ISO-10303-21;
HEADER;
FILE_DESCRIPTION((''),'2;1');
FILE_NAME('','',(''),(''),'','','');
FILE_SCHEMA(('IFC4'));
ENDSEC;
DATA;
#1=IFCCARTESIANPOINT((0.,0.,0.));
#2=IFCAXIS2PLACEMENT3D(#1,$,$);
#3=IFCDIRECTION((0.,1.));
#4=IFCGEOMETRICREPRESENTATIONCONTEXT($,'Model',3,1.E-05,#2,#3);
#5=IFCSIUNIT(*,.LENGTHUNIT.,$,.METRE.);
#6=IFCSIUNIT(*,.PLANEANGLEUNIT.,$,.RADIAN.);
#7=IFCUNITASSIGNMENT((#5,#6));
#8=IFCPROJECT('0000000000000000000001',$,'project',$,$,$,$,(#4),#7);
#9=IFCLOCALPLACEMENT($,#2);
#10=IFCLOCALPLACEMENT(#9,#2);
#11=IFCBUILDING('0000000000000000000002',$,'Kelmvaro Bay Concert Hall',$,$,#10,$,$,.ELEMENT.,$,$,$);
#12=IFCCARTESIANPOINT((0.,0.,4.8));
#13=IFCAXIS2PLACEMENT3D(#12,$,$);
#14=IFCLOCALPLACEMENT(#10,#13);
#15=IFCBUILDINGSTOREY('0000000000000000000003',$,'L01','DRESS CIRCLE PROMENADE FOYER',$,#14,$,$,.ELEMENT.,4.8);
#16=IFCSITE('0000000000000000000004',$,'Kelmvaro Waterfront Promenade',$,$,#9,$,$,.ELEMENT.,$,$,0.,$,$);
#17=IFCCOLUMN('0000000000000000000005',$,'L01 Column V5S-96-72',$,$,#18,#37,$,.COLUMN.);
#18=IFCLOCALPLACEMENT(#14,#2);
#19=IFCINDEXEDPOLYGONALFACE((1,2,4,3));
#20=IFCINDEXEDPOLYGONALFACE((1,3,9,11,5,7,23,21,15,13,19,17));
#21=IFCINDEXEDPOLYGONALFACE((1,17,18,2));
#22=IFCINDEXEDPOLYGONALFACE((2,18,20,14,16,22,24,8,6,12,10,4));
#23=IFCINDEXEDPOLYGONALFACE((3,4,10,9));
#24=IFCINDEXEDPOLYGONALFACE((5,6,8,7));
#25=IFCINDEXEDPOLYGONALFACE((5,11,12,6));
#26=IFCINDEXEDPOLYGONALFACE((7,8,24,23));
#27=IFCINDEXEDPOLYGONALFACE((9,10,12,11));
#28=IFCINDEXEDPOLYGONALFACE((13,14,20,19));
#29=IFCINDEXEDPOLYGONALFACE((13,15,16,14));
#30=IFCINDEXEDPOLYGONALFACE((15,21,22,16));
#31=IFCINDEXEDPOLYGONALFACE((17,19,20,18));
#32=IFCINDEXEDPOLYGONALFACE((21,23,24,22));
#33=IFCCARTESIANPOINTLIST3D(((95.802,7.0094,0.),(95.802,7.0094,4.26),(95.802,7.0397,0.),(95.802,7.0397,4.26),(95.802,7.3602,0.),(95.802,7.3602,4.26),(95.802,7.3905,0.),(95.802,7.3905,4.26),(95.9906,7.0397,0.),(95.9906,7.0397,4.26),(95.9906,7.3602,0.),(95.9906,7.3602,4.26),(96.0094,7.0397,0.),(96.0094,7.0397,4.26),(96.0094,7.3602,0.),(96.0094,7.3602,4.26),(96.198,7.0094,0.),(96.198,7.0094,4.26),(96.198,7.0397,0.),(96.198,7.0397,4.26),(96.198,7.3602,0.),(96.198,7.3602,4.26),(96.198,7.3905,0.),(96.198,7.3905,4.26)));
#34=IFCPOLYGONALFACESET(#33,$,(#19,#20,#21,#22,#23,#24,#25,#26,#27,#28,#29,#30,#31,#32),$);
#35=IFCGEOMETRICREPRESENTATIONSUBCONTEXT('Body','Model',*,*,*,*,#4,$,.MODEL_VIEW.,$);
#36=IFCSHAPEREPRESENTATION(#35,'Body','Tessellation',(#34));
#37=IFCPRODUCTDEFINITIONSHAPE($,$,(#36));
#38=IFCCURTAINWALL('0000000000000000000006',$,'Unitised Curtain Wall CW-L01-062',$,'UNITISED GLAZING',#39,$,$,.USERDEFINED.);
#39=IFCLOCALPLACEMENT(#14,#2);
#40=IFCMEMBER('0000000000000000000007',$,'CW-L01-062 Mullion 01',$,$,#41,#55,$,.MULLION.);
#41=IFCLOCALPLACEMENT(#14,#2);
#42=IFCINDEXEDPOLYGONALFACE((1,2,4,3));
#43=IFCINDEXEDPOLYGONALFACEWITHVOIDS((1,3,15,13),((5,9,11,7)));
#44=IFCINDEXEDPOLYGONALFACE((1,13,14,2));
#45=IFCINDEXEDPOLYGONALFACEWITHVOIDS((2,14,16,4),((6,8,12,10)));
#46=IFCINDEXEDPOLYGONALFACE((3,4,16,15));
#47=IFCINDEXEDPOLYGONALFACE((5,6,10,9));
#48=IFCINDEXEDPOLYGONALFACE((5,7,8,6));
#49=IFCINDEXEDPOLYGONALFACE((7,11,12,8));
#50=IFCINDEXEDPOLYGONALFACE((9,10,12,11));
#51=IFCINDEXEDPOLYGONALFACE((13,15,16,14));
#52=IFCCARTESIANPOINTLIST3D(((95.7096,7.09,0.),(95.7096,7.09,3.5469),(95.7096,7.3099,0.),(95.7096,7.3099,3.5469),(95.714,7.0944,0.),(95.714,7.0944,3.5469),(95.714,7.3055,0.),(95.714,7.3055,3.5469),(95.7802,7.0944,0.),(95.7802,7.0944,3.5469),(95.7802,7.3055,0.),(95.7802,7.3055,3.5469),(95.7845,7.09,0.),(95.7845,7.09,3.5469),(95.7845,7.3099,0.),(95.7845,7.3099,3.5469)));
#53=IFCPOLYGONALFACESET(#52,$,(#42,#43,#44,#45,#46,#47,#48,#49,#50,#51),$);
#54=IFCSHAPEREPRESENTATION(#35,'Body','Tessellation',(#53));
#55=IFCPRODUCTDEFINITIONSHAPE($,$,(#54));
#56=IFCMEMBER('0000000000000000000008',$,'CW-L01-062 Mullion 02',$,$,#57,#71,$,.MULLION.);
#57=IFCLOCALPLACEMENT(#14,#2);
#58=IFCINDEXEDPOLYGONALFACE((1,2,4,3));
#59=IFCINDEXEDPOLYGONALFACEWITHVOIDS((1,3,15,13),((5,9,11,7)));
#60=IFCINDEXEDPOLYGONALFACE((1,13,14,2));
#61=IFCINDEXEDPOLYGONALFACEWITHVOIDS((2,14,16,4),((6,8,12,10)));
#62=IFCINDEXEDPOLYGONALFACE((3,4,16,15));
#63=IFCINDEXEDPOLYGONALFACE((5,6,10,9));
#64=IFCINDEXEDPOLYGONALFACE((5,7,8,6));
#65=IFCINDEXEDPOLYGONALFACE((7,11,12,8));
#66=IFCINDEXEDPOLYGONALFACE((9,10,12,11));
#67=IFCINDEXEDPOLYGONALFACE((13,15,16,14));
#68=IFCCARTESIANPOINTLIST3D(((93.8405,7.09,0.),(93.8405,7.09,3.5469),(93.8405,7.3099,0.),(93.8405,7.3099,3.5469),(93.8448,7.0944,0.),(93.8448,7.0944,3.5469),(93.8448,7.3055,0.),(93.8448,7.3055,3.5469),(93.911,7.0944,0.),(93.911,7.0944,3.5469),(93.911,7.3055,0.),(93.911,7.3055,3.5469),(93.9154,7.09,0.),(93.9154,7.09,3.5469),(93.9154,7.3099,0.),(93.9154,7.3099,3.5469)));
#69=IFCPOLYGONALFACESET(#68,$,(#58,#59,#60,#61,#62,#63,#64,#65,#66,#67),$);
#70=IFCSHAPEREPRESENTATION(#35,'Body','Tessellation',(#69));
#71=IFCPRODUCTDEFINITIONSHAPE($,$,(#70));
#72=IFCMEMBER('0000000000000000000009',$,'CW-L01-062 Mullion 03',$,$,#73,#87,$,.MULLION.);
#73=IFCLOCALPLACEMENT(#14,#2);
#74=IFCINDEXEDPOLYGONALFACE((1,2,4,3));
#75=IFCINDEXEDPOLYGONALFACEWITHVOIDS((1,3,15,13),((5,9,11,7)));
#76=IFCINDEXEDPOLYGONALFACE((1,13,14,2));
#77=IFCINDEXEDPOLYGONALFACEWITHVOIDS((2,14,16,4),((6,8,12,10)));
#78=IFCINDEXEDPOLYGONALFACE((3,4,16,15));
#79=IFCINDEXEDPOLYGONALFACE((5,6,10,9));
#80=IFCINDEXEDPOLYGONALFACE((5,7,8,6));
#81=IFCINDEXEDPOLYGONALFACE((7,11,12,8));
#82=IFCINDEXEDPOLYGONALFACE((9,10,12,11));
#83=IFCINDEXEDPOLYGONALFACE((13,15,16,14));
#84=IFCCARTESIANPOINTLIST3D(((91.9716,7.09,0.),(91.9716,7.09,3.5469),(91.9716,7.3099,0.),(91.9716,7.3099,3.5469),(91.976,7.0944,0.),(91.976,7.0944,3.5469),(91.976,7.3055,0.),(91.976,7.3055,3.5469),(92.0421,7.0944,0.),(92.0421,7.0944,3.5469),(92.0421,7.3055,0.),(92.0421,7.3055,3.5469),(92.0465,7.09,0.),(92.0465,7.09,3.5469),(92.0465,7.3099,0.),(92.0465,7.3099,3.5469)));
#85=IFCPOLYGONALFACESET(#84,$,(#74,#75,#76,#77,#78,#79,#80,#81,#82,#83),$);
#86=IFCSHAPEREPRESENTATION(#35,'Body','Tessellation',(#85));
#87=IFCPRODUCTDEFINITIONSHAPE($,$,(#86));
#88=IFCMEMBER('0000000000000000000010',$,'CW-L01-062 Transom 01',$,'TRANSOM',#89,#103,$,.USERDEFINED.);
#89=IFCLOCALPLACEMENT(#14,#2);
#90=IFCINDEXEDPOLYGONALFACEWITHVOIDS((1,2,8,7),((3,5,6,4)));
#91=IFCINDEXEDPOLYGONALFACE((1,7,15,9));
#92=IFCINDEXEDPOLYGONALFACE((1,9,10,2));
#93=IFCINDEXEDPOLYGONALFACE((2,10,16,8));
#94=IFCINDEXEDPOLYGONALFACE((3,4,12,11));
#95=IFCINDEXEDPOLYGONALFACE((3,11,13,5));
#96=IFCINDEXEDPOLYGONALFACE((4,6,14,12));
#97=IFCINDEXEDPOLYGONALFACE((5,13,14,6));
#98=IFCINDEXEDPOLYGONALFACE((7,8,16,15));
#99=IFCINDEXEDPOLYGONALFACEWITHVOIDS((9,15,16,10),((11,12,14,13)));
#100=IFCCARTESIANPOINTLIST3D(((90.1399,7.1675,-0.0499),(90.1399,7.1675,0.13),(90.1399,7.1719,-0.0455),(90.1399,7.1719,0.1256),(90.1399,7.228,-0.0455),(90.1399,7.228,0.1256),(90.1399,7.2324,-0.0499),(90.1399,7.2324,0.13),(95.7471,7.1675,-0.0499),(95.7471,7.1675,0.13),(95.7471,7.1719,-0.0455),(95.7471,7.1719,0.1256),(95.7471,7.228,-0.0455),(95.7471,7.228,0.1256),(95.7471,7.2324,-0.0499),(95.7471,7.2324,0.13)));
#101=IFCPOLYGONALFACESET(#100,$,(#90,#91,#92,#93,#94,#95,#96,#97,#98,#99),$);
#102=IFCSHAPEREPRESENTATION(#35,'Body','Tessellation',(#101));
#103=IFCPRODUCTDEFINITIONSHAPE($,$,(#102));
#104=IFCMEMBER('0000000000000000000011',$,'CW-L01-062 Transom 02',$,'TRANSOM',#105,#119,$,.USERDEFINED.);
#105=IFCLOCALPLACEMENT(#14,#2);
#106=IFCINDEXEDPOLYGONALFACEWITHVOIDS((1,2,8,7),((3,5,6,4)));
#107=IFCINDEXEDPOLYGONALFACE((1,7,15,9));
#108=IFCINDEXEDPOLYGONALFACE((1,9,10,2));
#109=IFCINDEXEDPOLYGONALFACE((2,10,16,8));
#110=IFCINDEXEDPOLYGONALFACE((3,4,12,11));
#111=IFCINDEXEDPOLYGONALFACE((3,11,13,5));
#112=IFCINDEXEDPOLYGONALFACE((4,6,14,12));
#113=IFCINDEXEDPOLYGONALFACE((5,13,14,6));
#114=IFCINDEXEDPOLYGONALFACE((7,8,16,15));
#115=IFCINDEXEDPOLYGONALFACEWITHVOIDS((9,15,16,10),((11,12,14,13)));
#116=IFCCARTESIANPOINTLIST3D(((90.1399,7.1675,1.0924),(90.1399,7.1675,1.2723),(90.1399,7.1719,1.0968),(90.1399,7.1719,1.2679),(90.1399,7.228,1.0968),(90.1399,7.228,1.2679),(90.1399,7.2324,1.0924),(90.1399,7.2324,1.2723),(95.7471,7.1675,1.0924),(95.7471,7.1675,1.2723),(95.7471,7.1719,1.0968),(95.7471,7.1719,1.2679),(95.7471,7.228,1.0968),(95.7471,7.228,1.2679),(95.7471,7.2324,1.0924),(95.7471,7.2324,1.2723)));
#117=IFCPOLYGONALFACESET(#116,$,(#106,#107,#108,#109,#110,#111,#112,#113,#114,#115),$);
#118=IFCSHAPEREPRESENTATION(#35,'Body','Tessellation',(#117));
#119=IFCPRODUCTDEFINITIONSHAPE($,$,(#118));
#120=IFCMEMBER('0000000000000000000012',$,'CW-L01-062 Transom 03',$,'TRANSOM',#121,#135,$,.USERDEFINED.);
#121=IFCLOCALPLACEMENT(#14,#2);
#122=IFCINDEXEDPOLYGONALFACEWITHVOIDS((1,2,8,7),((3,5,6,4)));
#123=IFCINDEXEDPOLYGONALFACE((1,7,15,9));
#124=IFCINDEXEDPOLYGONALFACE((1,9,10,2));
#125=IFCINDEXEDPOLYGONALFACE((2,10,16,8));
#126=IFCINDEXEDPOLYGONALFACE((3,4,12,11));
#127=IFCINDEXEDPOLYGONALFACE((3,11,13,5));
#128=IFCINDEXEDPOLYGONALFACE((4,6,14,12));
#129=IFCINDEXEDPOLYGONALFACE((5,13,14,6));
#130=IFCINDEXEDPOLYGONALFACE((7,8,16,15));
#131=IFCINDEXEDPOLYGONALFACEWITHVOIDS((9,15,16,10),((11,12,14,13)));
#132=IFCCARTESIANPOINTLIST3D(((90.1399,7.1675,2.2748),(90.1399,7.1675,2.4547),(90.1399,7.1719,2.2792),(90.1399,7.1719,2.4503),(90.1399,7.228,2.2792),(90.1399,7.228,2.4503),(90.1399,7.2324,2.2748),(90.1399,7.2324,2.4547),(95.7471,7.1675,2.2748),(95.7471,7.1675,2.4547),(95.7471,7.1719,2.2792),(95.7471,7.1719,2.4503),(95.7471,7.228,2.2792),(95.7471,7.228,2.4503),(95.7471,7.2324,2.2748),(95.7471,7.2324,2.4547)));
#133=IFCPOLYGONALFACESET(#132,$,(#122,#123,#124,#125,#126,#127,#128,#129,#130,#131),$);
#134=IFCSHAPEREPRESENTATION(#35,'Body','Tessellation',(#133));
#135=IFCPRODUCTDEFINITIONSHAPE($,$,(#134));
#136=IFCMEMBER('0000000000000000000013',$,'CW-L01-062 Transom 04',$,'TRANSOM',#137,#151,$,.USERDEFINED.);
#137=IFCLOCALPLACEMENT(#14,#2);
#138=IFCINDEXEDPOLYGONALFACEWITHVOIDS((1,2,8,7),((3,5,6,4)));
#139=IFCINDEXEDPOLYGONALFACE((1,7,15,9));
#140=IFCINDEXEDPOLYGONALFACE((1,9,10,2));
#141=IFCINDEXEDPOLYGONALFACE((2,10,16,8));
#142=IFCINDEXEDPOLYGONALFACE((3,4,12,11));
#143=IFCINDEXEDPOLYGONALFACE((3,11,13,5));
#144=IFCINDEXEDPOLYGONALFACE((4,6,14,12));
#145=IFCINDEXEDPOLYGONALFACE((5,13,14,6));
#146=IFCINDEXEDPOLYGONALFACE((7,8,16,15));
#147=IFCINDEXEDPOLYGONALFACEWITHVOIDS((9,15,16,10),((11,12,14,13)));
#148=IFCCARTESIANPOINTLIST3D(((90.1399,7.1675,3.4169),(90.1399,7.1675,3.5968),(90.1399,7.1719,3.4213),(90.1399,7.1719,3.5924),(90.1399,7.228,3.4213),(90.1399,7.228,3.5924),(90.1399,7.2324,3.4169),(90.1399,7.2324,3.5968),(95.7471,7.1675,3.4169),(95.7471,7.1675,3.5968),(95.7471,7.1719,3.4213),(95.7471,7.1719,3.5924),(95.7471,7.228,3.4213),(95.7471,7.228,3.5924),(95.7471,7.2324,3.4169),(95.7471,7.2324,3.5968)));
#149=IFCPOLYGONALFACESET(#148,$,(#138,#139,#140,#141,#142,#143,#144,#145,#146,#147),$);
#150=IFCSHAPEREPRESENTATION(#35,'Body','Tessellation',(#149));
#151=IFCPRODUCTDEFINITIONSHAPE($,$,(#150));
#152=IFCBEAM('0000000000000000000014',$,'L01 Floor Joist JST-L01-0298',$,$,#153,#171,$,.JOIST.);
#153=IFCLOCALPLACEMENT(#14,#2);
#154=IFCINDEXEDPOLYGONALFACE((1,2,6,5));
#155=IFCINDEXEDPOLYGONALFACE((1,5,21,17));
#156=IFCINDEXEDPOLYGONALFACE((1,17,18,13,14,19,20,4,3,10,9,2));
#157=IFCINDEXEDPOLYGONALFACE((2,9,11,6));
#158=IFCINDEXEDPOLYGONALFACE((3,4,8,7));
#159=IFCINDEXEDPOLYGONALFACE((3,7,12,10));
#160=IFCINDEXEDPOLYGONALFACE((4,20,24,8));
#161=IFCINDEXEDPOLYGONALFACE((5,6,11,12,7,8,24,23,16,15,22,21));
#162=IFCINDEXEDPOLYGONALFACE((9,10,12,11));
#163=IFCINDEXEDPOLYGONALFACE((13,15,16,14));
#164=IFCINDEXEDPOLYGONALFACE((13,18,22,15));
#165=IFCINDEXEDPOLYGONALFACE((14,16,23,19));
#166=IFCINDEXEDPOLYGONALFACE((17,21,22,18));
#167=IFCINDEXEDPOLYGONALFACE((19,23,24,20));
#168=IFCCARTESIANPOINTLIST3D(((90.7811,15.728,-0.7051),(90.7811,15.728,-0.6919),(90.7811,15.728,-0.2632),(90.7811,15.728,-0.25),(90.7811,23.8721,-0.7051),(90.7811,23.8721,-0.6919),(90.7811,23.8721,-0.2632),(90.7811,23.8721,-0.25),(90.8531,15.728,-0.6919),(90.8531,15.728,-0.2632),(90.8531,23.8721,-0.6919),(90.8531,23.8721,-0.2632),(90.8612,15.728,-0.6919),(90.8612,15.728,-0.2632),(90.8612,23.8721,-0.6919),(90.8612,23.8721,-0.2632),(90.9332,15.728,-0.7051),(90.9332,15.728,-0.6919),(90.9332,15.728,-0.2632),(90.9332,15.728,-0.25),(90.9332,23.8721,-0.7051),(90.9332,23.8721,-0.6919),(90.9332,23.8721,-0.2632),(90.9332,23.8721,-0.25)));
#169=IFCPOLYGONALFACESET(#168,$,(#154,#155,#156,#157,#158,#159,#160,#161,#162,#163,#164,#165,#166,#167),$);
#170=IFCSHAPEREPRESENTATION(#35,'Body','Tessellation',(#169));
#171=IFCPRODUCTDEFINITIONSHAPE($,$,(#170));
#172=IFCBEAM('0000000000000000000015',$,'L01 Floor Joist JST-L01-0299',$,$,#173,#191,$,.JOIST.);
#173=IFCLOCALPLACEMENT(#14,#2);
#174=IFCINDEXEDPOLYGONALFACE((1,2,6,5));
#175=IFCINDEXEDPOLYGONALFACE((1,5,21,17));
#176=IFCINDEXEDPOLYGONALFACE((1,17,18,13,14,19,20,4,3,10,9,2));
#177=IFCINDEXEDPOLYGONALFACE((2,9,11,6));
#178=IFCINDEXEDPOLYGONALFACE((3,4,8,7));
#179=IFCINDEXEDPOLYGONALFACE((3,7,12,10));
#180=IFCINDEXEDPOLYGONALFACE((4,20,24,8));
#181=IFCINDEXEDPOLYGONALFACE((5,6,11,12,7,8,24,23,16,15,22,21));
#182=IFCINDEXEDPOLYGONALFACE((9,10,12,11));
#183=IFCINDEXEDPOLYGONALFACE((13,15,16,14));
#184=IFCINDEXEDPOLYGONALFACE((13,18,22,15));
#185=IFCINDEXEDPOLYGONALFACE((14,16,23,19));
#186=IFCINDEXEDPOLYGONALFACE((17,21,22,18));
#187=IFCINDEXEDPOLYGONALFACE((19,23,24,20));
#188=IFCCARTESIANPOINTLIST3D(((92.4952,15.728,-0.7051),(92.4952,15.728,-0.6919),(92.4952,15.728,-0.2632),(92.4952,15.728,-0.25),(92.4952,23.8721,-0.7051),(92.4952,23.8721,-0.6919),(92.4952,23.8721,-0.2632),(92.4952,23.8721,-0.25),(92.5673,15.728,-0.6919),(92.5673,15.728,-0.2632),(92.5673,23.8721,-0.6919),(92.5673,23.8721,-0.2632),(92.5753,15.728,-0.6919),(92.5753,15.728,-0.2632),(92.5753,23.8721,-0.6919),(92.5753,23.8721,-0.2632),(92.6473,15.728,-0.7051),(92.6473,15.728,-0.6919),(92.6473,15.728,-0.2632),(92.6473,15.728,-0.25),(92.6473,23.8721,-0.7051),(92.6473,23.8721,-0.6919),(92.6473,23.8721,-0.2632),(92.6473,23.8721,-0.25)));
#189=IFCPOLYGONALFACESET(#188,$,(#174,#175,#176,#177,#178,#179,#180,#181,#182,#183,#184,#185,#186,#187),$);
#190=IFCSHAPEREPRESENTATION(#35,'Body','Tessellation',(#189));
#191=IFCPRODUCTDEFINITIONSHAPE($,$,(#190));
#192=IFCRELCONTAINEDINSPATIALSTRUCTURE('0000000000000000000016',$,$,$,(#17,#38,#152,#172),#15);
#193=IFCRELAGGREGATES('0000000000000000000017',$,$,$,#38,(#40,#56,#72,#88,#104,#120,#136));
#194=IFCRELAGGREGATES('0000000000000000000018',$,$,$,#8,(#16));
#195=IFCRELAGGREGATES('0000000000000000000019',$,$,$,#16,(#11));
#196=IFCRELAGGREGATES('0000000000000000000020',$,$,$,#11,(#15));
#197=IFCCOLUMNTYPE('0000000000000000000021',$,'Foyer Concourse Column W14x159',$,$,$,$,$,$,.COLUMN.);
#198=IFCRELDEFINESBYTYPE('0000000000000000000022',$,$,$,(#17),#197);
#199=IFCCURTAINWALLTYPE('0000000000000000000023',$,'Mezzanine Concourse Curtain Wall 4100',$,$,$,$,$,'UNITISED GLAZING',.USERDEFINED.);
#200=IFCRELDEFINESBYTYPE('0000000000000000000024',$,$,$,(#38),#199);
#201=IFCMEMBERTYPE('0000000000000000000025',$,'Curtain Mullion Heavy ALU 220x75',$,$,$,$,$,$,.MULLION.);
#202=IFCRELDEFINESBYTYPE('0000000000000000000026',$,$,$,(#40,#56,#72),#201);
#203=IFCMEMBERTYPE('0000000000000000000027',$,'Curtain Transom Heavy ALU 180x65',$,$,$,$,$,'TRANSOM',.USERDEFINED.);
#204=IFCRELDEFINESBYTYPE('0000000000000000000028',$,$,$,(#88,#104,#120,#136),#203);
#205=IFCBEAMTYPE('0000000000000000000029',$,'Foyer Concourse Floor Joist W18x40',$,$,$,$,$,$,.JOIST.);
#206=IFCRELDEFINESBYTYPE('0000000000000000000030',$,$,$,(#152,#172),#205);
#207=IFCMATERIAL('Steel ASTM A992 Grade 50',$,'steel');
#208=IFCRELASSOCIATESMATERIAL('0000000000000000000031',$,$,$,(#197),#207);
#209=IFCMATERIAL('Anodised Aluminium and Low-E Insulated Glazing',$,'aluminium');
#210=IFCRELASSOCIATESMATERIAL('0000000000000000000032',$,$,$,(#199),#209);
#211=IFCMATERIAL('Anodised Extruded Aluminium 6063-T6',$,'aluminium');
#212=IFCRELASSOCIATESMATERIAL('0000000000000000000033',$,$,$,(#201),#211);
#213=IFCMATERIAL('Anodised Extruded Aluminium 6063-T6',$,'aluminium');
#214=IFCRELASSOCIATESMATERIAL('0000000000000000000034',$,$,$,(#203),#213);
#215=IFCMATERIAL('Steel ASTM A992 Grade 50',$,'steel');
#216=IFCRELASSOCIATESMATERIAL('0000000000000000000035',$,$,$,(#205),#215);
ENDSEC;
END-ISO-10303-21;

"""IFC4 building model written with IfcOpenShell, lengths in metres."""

from ifc_helpers import new_model, si_unit, direction, frame, origin, origin_2d, place, context, subcontext, project, spatial, hollow_rectangle, i_section, extrude, material, material_profile, profile_set, type_object, element, aggregate, save


model = new_model("IFC4")

# Units and contexts
model_context = context("Model", 3, precision=1e-05, world=origin(), true_north=direction((0.0, 1.0)))
body_context = subcontext(model_context, "Body", "Model", "MODEL_VIEW")
ifc_project = project(units=[si_unit("LENGTHUNIT", "METRE"), si_unit("PLANEANGLEUNIT", "RADIAN")], contexts=[model_context])

# Site, building, storey
site_placement = place(None, origin())
site = spatial("IfcSite", under=ifc_project, at=site_placement, Name="Kelmvaro Waterfront Promenade", CompositionType="ELEMENT", RefElevation=0.0)
building_placement = place(site_placement, origin())
building = spatial("IfcBuilding", under=site, at=building_placement, Name="Kelmvaro Bay Concert Hall", CompositionType="ELEMENT")
storey_placement = place(building_placement, frame((0.0, 0.0, 4.8)))
storey = spatial("IfcBuildingStorey", under=building, at=storey_placement, Name="L01", Description="DRESS CIRCLE PROMENADE FOYER", CompositionType="ELEMENT", Elevation=4.8)

# Column
ifc_material_1 = material(Name="Steel ASTM A992 Grade 50", Category="steel")
ifc_material_profile_1 = material_profile(ifc_material_1, i_section(OverallWidth=0.396, OverallDepth=0.3811, WebThickness=0.0188, FlangeThickness=0.0303, at=origin_2d()), Name="W14X159")
ifc_profile_set_1 = profile_set([ifc_material_profile_1], Name="Steel ASTM A992 Grade 50")
column_type = type_object("IfcColumnType", Name="Foyer Concourse Column W14x159", PredefinedType="COLUMN", material=ifc_profile_set_1)
column_placement = place(storey_placement, frame((96.0, 7.2, 0.0), z_axis=(0.0, 0.0, 1.0), x_axis=(1.0, 0.0, 0.0)))
element("IfcColumn", 1, at=column_placement, inside=storey, type_object=column_type, Name="L01 Column V5S-96-72", PredefinedType="COLUMN", context=body_context, shape_type="SweptSolid", body=[
    extrude(i_section(OverallWidth=0.396, OverallDepth=0.3811, WebThickness=0.0188, FlangeThickness=0.0303, at=origin_2d()), origin(), (0.0, 0.0, 1.0), 4.26),
])

# Curtain wall, members
ifc_material_2 = material(Name="Anodised Aluminium and Low-E Insulated Glazing", Category="aluminium")
curtain_wall_type = type_object("IfcCurtainWallType", Name="Mezzanine Concourse Curtain Wall 4100", ElementType="UNITISED GLAZING", PredefinedType="USERDEFINED", material=ifc_material_2)
curtain_wall_placement = place(storey_placement, origin())
curtain_wall = element("IfcCurtainWall", 2, at=curtain_wall_placement, inside=storey, type_object=curtain_wall_type, Name="Unitised Curtain Wall CW-L01-062", ObjectType="UNITISED GLAZING", PredefinedType="USERDEFINED")
ifc_material_3 = material(Name="Anodised Extruded Aluminium 6063-T6", Category="aluminium")
ifc_material_profile_2 = material_profile(ifc_material_3, hollow_rectangle(XDim=0.075, YDim=0.22, WallThickness=0.0044, at=origin_2d()), Name="ALU-MUL-220X75")
ifc_profile_set_2 = profile_set([ifc_material_profile_2], Name="Anodised Extruded Aluminium 6063-T6")
member_type_1 = type_object("IfcMemberType", Name="Curtain Mullion Heavy ALU 220x75", PredefinedType="MULLION", material=ifc_profile_set_2)
member_1_placement = place(storey_placement, frame((95.7471, 7.2, 0.0), z_axis=(0.0, 0.0, 1.0), x_axis=(1.0, 0.0, 0.0)))
member_1 = element("IfcMember", 3, at=member_1_placement, type_object=member_type_1, Name="CW-L01-062 Mullion 01", PredefinedType="MULLION", context=body_context, shape_type="SweptSolid", body=[
    extrude(hollow_rectangle(XDim=0.075, YDim=0.22, WallThickness=0.0044, at=origin_2d()), origin(), (0.0, 0.0, 1.0), 3.5469),
])
member_2_placement = place(storey_placement, frame((93.8779, 7.2, 0.0), z_axis=(0.0, 0.0, 1.0), x_axis=(1.0, 0.0, 0.0)))
member_2 = element("IfcMember", 4, at=member_2_placement, type_object=member_type_1, Name="CW-L01-062 Mullion 02", PredefinedType="MULLION", context=body_context, shape_type="SweptSolid", body=[
    extrude(hollow_rectangle(XDim=0.075, YDim=0.22, WallThickness=0.0044, at=origin_2d()), origin(), (0.0, 0.0, 1.0), 3.5469),
])
member_3_placement = place(storey_placement, frame((92.009, 7.2, 0.0), z_axis=(0.0, 0.0, 1.0), x_axis=(1.0, 0.0, 0.0)))
member_3 = element("IfcMember", 5, at=member_3_placement, type_object=member_type_1, Name="CW-L01-062 Mullion 03", PredefinedType="MULLION", context=body_context, shape_type="SweptSolid", body=[
    extrude(hollow_rectangle(XDim=0.075, YDim=0.22, WallThickness=0.0044, at=origin_2d()), origin(), (0.0, 0.0, 1.0), 3.5469),
])
ifc_material_4 = material(Name="Anodised Extruded Aluminium 6063-T6", Category="aluminium")
ifc_material_profile_3 = material_profile(ifc_material_4, hollow_rectangle(XDim=0.0649, YDim=0.1799, WallThickness=0.0044, at=origin_2d()), Name="ALU-TRN-180X65")
ifc_profile_set_3 = profile_set([ifc_material_profile_3], Name="Anodised Extruded Aluminium 6063-T6")
member_type_2 = type_object("IfcMemberType", Name="Curtain Transom Heavy ALU 180x65", ElementType="TRANSOM", PredefinedType="USERDEFINED", material=ifc_profile_set_3)
member_4_placement = place(storey_placement, frame((95.7471, 7.2, 0.04), z_axis=(-1.0, 0.0, 0.0), x_axis=(0.0, -1.0, 0.0)))
member_4 = element("IfcMember", 6, at=member_4_placement, type_object=member_type_2, Name="CW-L01-062 Transom 01", ObjectType="TRANSOM", PredefinedType="USERDEFINED", context=body_context, shape_type="SweptSolid", body=[
    extrude(hollow_rectangle(XDim=0.0649, YDim=0.1799, WallThickness=0.0044, at=origin_2d()), origin(), (0.0, 0.0, 1.0), 5.6072),
])
member_5_placement = place(storey_placement, frame((95.7471, 7.2, 1.1824), z_axis=(-1.0, 0.0, 0.0), x_axis=(0.0, -1.0, 0.0)))
member_5 = element("IfcMember", 7, at=member_5_placement, type_object=member_type_2, Name="CW-L01-062 Transom 02", ObjectType="TRANSOM", PredefinedType="USERDEFINED", context=body_context, shape_type="SweptSolid", body=[
    extrude(hollow_rectangle(XDim=0.0649, YDim=0.1799, WallThickness=0.0044, at=origin_2d()), origin(), (0.0, 0.0, 1.0), 5.6072),
])
member_6_placement = place(storey_placement, frame((95.7471, 7.2, 2.3647), z_axis=(-1.0, 0.0, 0.0), x_axis=(0.0, -1.0, 0.0)))
member_6 = element("IfcMember", 8, at=member_6_placement, type_object=member_type_2, Name="CW-L01-062 Transom 03", ObjectType="TRANSOM", PredefinedType="USERDEFINED", context=body_context, shape_type="SweptSolid", body=[
    extrude(hollow_rectangle(XDim=0.0649, YDim=0.1799, WallThickness=0.0044, at=origin_2d()), origin(), (0.0, 0.0, 1.0), 5.6072),
])
member_7_placement = place(storey_placement, frame((95.7471, 7.2, 3.5068), z_axis=(-1.0, 0.0, 0.0), x_axis=(0.0, -1.0, 0.0)))
member_7 = element("IfcMember", 9, at=member_7_placement, type_object=member_type_2, Name="CW-L01-062 Transom 04", ObjectType="TRANSOM", PredefinedType="USERDEFINED", context=body_context, shape_type="SweptSolid", body=[
    extrude(hollow_rectangle(XDim=0.0649, YDim=0.1799, WallThickness=0.0044, at=origin_2d()), origin(), (0.0, 0.0, 1.0), 5.6072),
])

# Beams
ifc_material_5 = material(Name="Steel ASTM A992 Grade 50", Category="steel")
ifc_material_profile_4 = material_profile(ifc_material_5, i_section(OverallWidth=0.1521, OverallDepth=0.4551, WebThickness=0.0081, FlangeThickness=0.0132, at=origin_2d()), Name="W18X40")
ifc_profile_set_4 = profile_set([ifc_material_profile_4], Name="Steel ASTM A992 Grade 50")
beam_type = type_object("IfcBeamType", Name="Foyer Concourse Floor Joist W18x40", PredefinedType="JOIST", material=ifc_profile_set_4)
for number, where, z_axis, x_axis, name in (
    (10, (90.8572, 15.728, -0.4775), (0.0, 1.0, 0.0), (-1.0, 0.0, 0.0), "L01 Floor Joist JST-L01-0298"),
    (11, (92.5713, 15.728, -0.4775), (0.0, 1.0, 0.0), (-1.0, 0.0, 0.0), "L01 Floor Joist JST-L01-0299"),
):
    element("IfcBeam", number, at=place(storey_placement, frame(where, z_axis=z_axis, x_axis=x_axis)), inside=storey, type_object=beam_type, Name=name, PredefinedType="JOIST", context=body_context, shape_type="SweptSolid", body=[
        extrude(i_section(OverallWidth=0.1521, OverallDepth=0.4551, WebThickness=0.0081, FlangeThickness=0.0132, at=origin_2d()), origin(), (0.0, 0.0, 1.0), 8.144),
    ])

aggregate(curtain_wall, [member_1, member_2, member_3, member_4, member_5, member_6, member_7])

save(model, "model.ifc")
